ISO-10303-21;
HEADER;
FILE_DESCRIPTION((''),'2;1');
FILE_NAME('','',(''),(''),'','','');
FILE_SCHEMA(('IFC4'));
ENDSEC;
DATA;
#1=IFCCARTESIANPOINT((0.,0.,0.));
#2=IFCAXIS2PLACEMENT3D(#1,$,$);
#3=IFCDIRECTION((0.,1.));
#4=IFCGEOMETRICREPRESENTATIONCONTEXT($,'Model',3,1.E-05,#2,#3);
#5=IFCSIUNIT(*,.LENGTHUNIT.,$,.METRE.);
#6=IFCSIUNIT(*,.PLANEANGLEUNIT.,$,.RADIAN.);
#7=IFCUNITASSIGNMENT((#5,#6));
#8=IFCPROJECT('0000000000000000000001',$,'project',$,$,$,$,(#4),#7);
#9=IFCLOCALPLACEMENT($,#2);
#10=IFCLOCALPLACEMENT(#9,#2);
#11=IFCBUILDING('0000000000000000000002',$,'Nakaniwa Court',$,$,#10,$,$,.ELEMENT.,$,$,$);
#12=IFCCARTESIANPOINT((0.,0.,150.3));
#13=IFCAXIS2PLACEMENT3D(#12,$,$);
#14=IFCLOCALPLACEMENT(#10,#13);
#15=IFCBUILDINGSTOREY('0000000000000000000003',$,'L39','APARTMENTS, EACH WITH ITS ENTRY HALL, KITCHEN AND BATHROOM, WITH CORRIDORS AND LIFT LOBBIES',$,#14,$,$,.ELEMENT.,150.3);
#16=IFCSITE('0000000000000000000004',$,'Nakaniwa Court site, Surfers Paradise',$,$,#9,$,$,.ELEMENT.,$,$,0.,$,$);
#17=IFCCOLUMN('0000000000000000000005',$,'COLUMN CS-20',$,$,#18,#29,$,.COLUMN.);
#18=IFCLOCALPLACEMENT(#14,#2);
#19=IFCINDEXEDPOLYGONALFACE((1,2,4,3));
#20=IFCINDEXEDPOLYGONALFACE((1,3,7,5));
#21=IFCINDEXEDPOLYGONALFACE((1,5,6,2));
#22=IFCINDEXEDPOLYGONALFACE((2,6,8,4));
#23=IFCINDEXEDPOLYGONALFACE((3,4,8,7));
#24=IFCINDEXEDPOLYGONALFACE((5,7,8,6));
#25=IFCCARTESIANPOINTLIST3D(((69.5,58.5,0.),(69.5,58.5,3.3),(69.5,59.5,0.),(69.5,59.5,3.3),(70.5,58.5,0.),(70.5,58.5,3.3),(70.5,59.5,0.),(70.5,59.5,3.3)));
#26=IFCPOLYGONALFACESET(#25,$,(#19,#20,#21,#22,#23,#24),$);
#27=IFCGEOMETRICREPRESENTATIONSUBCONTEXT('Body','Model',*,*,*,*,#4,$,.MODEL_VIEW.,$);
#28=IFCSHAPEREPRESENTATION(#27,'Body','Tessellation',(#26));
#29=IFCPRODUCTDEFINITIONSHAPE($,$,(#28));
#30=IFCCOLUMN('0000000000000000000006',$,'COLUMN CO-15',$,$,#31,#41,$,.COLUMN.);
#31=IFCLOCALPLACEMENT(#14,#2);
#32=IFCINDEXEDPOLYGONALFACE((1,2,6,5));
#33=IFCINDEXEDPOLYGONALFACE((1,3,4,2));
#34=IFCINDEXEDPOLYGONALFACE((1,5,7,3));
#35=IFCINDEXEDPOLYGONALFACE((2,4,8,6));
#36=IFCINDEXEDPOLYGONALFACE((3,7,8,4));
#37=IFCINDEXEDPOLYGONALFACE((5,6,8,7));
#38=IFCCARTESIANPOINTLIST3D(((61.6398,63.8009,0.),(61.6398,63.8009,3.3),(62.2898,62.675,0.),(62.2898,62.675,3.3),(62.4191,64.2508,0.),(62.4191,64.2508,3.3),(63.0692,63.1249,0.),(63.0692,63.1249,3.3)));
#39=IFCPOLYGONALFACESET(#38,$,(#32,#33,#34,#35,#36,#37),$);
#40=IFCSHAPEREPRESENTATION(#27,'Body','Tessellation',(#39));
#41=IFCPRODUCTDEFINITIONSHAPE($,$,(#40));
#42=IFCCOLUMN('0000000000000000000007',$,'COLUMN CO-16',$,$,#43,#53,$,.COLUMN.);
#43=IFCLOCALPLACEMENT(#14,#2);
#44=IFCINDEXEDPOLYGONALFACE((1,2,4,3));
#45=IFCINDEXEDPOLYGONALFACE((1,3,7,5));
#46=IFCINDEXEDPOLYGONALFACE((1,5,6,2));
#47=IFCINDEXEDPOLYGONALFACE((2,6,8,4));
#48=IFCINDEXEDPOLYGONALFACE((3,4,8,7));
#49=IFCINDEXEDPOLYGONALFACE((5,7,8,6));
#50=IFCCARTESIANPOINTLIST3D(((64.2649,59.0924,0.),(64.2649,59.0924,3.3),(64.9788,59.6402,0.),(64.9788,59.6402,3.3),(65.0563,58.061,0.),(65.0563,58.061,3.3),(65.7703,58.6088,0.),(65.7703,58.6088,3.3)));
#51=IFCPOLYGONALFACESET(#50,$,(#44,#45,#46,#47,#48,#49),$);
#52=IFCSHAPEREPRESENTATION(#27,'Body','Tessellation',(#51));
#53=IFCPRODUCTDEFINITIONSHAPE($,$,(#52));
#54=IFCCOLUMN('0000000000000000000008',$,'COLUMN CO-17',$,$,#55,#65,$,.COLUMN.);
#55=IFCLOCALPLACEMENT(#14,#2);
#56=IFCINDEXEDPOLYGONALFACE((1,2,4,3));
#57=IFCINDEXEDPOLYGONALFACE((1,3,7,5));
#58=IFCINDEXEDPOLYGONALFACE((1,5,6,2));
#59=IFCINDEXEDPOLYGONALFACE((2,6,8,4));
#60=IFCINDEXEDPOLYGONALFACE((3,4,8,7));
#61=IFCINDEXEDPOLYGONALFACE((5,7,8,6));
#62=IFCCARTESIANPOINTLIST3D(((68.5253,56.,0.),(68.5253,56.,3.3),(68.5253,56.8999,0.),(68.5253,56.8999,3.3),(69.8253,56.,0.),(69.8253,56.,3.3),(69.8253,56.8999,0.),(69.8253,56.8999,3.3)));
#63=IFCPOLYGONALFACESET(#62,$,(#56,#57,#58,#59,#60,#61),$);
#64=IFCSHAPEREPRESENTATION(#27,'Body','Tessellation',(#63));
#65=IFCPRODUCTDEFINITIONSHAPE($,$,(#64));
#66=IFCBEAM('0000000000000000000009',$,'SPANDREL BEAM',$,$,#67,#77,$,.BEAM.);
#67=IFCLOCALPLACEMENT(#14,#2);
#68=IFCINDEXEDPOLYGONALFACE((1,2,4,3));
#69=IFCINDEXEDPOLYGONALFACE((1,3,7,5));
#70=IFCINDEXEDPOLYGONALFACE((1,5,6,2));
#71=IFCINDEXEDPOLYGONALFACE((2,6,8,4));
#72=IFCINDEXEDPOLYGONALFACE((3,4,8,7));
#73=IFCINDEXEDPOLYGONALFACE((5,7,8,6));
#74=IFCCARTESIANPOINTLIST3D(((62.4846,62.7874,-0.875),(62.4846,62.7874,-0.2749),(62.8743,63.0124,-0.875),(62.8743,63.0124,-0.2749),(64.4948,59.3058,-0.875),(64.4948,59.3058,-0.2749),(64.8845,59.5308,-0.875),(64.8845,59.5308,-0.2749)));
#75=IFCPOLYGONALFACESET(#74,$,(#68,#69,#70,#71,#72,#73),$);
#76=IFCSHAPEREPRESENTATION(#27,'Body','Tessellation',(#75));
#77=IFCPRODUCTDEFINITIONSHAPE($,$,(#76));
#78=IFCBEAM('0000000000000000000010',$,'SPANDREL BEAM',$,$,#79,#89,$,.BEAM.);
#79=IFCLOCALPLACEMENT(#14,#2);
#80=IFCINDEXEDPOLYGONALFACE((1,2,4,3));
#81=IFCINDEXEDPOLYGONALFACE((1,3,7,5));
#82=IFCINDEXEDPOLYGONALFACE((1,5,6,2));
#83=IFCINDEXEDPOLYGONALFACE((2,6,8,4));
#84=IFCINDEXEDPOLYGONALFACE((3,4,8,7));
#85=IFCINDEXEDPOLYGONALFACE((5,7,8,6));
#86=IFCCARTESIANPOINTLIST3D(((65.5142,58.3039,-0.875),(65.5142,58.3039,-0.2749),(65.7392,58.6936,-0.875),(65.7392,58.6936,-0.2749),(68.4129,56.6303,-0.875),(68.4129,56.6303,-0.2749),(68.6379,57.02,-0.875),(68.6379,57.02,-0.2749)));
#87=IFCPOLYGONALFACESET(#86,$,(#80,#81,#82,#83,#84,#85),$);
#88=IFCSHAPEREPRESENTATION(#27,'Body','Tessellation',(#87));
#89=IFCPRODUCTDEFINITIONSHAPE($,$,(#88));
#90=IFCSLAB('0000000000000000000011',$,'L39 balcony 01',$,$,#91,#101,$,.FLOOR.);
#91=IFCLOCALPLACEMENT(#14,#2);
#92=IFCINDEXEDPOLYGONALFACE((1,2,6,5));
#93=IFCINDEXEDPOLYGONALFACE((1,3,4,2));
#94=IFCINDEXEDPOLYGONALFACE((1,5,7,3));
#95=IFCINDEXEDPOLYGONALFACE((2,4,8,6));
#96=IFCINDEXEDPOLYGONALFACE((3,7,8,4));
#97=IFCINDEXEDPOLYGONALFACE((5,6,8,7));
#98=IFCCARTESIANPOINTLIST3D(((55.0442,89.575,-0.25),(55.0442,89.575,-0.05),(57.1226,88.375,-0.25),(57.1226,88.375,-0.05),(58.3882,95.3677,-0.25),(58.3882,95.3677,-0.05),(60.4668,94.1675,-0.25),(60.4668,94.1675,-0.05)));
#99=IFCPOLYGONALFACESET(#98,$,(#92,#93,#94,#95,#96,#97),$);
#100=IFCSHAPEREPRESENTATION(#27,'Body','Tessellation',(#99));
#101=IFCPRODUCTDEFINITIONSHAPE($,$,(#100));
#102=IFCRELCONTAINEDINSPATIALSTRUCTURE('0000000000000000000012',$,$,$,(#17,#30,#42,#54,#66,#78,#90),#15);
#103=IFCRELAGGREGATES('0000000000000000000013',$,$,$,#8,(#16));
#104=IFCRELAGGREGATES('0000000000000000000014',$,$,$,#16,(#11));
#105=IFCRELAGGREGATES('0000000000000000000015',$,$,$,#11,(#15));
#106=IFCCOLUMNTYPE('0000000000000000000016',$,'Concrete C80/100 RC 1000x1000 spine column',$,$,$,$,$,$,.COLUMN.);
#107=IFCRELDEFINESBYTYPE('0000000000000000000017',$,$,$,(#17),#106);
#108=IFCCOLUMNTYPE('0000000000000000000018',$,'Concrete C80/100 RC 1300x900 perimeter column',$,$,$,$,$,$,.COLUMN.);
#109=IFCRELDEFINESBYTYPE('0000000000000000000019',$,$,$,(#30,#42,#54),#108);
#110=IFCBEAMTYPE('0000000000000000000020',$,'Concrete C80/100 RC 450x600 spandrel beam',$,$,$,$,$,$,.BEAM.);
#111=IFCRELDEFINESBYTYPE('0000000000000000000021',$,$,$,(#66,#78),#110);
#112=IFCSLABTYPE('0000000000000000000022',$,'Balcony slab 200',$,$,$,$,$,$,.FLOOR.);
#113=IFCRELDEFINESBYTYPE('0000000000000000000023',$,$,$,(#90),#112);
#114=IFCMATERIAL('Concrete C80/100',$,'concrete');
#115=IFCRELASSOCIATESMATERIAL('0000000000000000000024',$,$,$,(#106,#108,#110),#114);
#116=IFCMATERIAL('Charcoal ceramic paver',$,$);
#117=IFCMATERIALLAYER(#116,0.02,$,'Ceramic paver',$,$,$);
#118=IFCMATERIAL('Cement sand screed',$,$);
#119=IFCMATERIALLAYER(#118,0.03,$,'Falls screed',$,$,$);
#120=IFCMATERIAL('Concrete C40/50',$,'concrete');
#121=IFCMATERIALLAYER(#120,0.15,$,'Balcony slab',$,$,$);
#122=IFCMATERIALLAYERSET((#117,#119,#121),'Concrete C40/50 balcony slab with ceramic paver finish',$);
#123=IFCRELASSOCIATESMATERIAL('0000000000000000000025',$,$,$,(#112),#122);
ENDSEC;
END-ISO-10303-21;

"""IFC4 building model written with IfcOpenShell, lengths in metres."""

from ifc_helpers import new_model, si_unit, direction, frame, origin, origin_2d, place, context, subcontext, project, spatial, polyline, rectangle, outline, extrude, material, layer, layer_set, material_profile, profile_set, type_object, element, save


model = new_model("IFC4")

# Units and contexts
model_context = context("Model", 3, precision=1e-05, world=origin(), true_north=direction((0.0, 1.0)))
body_context = subcontext(model_context, "Body", "Model", "MODEL_VIEW")
ifc_project = project(units=[si_unit("LENGTHUNIT", "METRE"), si_unit("PLANEANGLEUNIT", "RADIAN")], contexts=[model_context])

# Site, building, storey
site_placement = place(None, origin())
site = spatial("IfcSite", under=ifc_project, at=site_placement, Name="Nakaniwa Court site, Surfers Paradise", CompositionType="ELEMENT", RefElevation=0.0)
building_placement = place(site_placement, origin())
building = spatial("IfcBuilding", under=site, at=building_placement, Name="Nakaniwa Court", CompositionType="ELEMENT")
storey_placement = place(building_placement, frame((0.0, 0.0, 150.3)))
storey = spatial("IfcBuildingStorey", under=building, at=storey_placement, Name="L39", Description="APARTMENTS, EACH WITH ITS ENTRY HALL, KITCHEN AND BATHROOM, WITH CORRIDORS AND LIFT LOBBIES", CompositionType="ELEMENT", Elevation=150.3)

# Columns
ifc_material_1 = material(Name="Concrete C80/100", Category="concrete")
ifc_material_profile_1 = material_profile(ifc_material_1, rectangle(XDim=1.0, YDim=1.0, at=origin_2d()), Name="Concrete C80/100 RC 1000x1000 spine column")
ifc_profile_set_1 = profile_set([ifc_material_profile_1], Name="Concrete C80/100")
column_type_1 = type_object("IfcColumnType", Name="Concrete C80/100 RC 1000x1000 spine column", PredefinedType="COLUMN", material=ifc_profile_set_1)
column_placement = place(storey_placement, frame((70.0, 59.0, 0.0), z_axis=(0.0, 0.0, 1.0), x_axis=(0.0, -1.0, 0.0)))
element("IfcColumn", 1, at=column_placement, inside=storey, type_object=column_type_1, Name="COLUMN CS-20", PredefinedType="COLUMN", context=body_context, shape_type="SweptSolid", body=[
    extrude(rectangle(XDim=1.0, YDim=1.0, at=origin_2d()), origin(), (0.0, 0.0, 1.0), 3.3),
])
ifc_material_profile_2 = material_profile(ifc_material_1, rectangle(XDim=1.3, YDim=0.8999, at=origin_2d()), Name="Concrete C80/100 RC 1300x900 perimeter column")
ifc_profile_set_2 = profile_set([ifc_material_profile_2], Name="Concrete C80/100")
column_type_2 = type_object("IfcColumnType", Name="Concrete C80/100 RC 1300x900 perimeter column", PredefinedType="COLUMN", material=ifc_profile_set_2)
for number, where, z_axis, x_axis, name in (
    (2, (62.3545, 63.4629, 0.0), (0.0, 0.0, 1.0), (0.5, -0.866025, 0.0), "COLUMN CO-15"),
    (3, (65.0176, 58.8506, 0.0), (0.0, 0.0, 1.0), (0.608761, -0.793353, 0.0), "COLUMN CO-16"),
    (4, (69.1753, 56.45, 0.0), (0.0, 0.0, 1.0), (1.0, 0.0, 0.0), "COLUMN CO-17"),
):
    element("IfcColumn", number, at=place(storey_placement, frame(where, z_axis=z_axis, x_axis=x_axis)), inside=storey, type_object=column_type_2, Name=name, PredefinedType="COLUMN", context=body_context, shape_type="SweptSolid", body=[
        extrude(rectangle(XDim=1.3, YDim=0.8999, at=origin_2d()), origin(), (0.0, 0.0, 1.0), 3.3),
    ])

# Beams
ifc_material_profile_3 = material_profile(ifc_material_1, rectangle(XDim=0.45, YDim=0.6001, at=origin_2d()), Name="Concrete C80/100 RC 450x600 spandrel beam")
ifc_profile_set_3 = profile_set([ifc_material_profile_3], Name="Concrete C80/100")
beam_type = type_object("IfcBeamType", Name="Concrete C80/100 RC 450x600 spandrel beam", PredefinedType="BEAM", material=ifc_profile_set_3)
beam_1_placement = place(storey_placement, frame((62.6794, 62.8999, -0.575), z_axis=(0.500019, -0.866015, 0.0), x_axis=(0.866015, 0.500019, 0.0)))
element("IfcBeam", 5, at=beam_1_placement, inside=storey, type_object=beam_type, Name="SPANDREL BEAM", PredefinedType="BEAM", context=body_context, shape_type="SweptSolid", body=[
    extrude(rectangle(XDim=0.45, YDim=0.6001, at=origin_2d()), origin(), (0.0, 0.0, 1.0), 4.0203),
])
beam_2_placement = place(storey_placement, frame((65.6267, 58.4988, -0.575), z_axis=(0.866022, -0.500007, 0.0), x_axis=(0.500007, 0.866022, 0.0)))
element("IfcBeam", 6, at=beam_2_placement, inside=storey, type_object=beam_type, Name="SPANDREL BEAM", PredefinedType="BEAM", context=body_context, shape_type="SweptSolid", body=[
    extrude(rectangle(XDim=0.45, YDim=0.6001, at=origin_2d()), origin(), (0.0, 0.0, 1.0), 3.3472),
])

# Slab
ifc_material_2 = material(Name="Charcoal ceramic paver")
ifc_layer_1 = layer(ifc_material_2, 0.02, Name="Ceramic paver")
ifc_material_3 = material(Name="Cement sand screed")
ifc_layer_2 = layer(ifc_material_3, 0.03, Name="Falls screed")
ifc_material_4 = material(Name="Concrete C40/50", Category="concrete")
ifc_layer_3 = layer(ifc_material_4, 0.15, Name="Balcony slab")
ifc_layer_set_1 = layer_set([ifc_layer_1, ifc_layer_2, ifc_layer_3], Name="Concrete C40/50 balcony slab with ceramic paver finish")
slab_type_1 = type_object("IfcSlabType", Name="Balcony slab 200", PredefinedType="FLOOR", material=ifc_layer_set_1)
slab_1_placement = place(storey_placement, frame((0.0, 0.0, -0.25)))
element("IfcSlab", 7, at=slab_1_placement, inside=storey, type_object=slab_type_1, Name="L39 balcony 01", PredefinedType="FLOOR", context=body_context, shape_type="SweptSolid", body=[
    extrude(outline(polyline([(60.4668, 94.1675), (57.1226, 88.375), (55.0442, 89.575), (58.3882, 95.3677), (60.4668, 94.1675)])), origin(), (0.0, 0.0, 1.0), 0.2),
])

save(model, "model.ifc")
